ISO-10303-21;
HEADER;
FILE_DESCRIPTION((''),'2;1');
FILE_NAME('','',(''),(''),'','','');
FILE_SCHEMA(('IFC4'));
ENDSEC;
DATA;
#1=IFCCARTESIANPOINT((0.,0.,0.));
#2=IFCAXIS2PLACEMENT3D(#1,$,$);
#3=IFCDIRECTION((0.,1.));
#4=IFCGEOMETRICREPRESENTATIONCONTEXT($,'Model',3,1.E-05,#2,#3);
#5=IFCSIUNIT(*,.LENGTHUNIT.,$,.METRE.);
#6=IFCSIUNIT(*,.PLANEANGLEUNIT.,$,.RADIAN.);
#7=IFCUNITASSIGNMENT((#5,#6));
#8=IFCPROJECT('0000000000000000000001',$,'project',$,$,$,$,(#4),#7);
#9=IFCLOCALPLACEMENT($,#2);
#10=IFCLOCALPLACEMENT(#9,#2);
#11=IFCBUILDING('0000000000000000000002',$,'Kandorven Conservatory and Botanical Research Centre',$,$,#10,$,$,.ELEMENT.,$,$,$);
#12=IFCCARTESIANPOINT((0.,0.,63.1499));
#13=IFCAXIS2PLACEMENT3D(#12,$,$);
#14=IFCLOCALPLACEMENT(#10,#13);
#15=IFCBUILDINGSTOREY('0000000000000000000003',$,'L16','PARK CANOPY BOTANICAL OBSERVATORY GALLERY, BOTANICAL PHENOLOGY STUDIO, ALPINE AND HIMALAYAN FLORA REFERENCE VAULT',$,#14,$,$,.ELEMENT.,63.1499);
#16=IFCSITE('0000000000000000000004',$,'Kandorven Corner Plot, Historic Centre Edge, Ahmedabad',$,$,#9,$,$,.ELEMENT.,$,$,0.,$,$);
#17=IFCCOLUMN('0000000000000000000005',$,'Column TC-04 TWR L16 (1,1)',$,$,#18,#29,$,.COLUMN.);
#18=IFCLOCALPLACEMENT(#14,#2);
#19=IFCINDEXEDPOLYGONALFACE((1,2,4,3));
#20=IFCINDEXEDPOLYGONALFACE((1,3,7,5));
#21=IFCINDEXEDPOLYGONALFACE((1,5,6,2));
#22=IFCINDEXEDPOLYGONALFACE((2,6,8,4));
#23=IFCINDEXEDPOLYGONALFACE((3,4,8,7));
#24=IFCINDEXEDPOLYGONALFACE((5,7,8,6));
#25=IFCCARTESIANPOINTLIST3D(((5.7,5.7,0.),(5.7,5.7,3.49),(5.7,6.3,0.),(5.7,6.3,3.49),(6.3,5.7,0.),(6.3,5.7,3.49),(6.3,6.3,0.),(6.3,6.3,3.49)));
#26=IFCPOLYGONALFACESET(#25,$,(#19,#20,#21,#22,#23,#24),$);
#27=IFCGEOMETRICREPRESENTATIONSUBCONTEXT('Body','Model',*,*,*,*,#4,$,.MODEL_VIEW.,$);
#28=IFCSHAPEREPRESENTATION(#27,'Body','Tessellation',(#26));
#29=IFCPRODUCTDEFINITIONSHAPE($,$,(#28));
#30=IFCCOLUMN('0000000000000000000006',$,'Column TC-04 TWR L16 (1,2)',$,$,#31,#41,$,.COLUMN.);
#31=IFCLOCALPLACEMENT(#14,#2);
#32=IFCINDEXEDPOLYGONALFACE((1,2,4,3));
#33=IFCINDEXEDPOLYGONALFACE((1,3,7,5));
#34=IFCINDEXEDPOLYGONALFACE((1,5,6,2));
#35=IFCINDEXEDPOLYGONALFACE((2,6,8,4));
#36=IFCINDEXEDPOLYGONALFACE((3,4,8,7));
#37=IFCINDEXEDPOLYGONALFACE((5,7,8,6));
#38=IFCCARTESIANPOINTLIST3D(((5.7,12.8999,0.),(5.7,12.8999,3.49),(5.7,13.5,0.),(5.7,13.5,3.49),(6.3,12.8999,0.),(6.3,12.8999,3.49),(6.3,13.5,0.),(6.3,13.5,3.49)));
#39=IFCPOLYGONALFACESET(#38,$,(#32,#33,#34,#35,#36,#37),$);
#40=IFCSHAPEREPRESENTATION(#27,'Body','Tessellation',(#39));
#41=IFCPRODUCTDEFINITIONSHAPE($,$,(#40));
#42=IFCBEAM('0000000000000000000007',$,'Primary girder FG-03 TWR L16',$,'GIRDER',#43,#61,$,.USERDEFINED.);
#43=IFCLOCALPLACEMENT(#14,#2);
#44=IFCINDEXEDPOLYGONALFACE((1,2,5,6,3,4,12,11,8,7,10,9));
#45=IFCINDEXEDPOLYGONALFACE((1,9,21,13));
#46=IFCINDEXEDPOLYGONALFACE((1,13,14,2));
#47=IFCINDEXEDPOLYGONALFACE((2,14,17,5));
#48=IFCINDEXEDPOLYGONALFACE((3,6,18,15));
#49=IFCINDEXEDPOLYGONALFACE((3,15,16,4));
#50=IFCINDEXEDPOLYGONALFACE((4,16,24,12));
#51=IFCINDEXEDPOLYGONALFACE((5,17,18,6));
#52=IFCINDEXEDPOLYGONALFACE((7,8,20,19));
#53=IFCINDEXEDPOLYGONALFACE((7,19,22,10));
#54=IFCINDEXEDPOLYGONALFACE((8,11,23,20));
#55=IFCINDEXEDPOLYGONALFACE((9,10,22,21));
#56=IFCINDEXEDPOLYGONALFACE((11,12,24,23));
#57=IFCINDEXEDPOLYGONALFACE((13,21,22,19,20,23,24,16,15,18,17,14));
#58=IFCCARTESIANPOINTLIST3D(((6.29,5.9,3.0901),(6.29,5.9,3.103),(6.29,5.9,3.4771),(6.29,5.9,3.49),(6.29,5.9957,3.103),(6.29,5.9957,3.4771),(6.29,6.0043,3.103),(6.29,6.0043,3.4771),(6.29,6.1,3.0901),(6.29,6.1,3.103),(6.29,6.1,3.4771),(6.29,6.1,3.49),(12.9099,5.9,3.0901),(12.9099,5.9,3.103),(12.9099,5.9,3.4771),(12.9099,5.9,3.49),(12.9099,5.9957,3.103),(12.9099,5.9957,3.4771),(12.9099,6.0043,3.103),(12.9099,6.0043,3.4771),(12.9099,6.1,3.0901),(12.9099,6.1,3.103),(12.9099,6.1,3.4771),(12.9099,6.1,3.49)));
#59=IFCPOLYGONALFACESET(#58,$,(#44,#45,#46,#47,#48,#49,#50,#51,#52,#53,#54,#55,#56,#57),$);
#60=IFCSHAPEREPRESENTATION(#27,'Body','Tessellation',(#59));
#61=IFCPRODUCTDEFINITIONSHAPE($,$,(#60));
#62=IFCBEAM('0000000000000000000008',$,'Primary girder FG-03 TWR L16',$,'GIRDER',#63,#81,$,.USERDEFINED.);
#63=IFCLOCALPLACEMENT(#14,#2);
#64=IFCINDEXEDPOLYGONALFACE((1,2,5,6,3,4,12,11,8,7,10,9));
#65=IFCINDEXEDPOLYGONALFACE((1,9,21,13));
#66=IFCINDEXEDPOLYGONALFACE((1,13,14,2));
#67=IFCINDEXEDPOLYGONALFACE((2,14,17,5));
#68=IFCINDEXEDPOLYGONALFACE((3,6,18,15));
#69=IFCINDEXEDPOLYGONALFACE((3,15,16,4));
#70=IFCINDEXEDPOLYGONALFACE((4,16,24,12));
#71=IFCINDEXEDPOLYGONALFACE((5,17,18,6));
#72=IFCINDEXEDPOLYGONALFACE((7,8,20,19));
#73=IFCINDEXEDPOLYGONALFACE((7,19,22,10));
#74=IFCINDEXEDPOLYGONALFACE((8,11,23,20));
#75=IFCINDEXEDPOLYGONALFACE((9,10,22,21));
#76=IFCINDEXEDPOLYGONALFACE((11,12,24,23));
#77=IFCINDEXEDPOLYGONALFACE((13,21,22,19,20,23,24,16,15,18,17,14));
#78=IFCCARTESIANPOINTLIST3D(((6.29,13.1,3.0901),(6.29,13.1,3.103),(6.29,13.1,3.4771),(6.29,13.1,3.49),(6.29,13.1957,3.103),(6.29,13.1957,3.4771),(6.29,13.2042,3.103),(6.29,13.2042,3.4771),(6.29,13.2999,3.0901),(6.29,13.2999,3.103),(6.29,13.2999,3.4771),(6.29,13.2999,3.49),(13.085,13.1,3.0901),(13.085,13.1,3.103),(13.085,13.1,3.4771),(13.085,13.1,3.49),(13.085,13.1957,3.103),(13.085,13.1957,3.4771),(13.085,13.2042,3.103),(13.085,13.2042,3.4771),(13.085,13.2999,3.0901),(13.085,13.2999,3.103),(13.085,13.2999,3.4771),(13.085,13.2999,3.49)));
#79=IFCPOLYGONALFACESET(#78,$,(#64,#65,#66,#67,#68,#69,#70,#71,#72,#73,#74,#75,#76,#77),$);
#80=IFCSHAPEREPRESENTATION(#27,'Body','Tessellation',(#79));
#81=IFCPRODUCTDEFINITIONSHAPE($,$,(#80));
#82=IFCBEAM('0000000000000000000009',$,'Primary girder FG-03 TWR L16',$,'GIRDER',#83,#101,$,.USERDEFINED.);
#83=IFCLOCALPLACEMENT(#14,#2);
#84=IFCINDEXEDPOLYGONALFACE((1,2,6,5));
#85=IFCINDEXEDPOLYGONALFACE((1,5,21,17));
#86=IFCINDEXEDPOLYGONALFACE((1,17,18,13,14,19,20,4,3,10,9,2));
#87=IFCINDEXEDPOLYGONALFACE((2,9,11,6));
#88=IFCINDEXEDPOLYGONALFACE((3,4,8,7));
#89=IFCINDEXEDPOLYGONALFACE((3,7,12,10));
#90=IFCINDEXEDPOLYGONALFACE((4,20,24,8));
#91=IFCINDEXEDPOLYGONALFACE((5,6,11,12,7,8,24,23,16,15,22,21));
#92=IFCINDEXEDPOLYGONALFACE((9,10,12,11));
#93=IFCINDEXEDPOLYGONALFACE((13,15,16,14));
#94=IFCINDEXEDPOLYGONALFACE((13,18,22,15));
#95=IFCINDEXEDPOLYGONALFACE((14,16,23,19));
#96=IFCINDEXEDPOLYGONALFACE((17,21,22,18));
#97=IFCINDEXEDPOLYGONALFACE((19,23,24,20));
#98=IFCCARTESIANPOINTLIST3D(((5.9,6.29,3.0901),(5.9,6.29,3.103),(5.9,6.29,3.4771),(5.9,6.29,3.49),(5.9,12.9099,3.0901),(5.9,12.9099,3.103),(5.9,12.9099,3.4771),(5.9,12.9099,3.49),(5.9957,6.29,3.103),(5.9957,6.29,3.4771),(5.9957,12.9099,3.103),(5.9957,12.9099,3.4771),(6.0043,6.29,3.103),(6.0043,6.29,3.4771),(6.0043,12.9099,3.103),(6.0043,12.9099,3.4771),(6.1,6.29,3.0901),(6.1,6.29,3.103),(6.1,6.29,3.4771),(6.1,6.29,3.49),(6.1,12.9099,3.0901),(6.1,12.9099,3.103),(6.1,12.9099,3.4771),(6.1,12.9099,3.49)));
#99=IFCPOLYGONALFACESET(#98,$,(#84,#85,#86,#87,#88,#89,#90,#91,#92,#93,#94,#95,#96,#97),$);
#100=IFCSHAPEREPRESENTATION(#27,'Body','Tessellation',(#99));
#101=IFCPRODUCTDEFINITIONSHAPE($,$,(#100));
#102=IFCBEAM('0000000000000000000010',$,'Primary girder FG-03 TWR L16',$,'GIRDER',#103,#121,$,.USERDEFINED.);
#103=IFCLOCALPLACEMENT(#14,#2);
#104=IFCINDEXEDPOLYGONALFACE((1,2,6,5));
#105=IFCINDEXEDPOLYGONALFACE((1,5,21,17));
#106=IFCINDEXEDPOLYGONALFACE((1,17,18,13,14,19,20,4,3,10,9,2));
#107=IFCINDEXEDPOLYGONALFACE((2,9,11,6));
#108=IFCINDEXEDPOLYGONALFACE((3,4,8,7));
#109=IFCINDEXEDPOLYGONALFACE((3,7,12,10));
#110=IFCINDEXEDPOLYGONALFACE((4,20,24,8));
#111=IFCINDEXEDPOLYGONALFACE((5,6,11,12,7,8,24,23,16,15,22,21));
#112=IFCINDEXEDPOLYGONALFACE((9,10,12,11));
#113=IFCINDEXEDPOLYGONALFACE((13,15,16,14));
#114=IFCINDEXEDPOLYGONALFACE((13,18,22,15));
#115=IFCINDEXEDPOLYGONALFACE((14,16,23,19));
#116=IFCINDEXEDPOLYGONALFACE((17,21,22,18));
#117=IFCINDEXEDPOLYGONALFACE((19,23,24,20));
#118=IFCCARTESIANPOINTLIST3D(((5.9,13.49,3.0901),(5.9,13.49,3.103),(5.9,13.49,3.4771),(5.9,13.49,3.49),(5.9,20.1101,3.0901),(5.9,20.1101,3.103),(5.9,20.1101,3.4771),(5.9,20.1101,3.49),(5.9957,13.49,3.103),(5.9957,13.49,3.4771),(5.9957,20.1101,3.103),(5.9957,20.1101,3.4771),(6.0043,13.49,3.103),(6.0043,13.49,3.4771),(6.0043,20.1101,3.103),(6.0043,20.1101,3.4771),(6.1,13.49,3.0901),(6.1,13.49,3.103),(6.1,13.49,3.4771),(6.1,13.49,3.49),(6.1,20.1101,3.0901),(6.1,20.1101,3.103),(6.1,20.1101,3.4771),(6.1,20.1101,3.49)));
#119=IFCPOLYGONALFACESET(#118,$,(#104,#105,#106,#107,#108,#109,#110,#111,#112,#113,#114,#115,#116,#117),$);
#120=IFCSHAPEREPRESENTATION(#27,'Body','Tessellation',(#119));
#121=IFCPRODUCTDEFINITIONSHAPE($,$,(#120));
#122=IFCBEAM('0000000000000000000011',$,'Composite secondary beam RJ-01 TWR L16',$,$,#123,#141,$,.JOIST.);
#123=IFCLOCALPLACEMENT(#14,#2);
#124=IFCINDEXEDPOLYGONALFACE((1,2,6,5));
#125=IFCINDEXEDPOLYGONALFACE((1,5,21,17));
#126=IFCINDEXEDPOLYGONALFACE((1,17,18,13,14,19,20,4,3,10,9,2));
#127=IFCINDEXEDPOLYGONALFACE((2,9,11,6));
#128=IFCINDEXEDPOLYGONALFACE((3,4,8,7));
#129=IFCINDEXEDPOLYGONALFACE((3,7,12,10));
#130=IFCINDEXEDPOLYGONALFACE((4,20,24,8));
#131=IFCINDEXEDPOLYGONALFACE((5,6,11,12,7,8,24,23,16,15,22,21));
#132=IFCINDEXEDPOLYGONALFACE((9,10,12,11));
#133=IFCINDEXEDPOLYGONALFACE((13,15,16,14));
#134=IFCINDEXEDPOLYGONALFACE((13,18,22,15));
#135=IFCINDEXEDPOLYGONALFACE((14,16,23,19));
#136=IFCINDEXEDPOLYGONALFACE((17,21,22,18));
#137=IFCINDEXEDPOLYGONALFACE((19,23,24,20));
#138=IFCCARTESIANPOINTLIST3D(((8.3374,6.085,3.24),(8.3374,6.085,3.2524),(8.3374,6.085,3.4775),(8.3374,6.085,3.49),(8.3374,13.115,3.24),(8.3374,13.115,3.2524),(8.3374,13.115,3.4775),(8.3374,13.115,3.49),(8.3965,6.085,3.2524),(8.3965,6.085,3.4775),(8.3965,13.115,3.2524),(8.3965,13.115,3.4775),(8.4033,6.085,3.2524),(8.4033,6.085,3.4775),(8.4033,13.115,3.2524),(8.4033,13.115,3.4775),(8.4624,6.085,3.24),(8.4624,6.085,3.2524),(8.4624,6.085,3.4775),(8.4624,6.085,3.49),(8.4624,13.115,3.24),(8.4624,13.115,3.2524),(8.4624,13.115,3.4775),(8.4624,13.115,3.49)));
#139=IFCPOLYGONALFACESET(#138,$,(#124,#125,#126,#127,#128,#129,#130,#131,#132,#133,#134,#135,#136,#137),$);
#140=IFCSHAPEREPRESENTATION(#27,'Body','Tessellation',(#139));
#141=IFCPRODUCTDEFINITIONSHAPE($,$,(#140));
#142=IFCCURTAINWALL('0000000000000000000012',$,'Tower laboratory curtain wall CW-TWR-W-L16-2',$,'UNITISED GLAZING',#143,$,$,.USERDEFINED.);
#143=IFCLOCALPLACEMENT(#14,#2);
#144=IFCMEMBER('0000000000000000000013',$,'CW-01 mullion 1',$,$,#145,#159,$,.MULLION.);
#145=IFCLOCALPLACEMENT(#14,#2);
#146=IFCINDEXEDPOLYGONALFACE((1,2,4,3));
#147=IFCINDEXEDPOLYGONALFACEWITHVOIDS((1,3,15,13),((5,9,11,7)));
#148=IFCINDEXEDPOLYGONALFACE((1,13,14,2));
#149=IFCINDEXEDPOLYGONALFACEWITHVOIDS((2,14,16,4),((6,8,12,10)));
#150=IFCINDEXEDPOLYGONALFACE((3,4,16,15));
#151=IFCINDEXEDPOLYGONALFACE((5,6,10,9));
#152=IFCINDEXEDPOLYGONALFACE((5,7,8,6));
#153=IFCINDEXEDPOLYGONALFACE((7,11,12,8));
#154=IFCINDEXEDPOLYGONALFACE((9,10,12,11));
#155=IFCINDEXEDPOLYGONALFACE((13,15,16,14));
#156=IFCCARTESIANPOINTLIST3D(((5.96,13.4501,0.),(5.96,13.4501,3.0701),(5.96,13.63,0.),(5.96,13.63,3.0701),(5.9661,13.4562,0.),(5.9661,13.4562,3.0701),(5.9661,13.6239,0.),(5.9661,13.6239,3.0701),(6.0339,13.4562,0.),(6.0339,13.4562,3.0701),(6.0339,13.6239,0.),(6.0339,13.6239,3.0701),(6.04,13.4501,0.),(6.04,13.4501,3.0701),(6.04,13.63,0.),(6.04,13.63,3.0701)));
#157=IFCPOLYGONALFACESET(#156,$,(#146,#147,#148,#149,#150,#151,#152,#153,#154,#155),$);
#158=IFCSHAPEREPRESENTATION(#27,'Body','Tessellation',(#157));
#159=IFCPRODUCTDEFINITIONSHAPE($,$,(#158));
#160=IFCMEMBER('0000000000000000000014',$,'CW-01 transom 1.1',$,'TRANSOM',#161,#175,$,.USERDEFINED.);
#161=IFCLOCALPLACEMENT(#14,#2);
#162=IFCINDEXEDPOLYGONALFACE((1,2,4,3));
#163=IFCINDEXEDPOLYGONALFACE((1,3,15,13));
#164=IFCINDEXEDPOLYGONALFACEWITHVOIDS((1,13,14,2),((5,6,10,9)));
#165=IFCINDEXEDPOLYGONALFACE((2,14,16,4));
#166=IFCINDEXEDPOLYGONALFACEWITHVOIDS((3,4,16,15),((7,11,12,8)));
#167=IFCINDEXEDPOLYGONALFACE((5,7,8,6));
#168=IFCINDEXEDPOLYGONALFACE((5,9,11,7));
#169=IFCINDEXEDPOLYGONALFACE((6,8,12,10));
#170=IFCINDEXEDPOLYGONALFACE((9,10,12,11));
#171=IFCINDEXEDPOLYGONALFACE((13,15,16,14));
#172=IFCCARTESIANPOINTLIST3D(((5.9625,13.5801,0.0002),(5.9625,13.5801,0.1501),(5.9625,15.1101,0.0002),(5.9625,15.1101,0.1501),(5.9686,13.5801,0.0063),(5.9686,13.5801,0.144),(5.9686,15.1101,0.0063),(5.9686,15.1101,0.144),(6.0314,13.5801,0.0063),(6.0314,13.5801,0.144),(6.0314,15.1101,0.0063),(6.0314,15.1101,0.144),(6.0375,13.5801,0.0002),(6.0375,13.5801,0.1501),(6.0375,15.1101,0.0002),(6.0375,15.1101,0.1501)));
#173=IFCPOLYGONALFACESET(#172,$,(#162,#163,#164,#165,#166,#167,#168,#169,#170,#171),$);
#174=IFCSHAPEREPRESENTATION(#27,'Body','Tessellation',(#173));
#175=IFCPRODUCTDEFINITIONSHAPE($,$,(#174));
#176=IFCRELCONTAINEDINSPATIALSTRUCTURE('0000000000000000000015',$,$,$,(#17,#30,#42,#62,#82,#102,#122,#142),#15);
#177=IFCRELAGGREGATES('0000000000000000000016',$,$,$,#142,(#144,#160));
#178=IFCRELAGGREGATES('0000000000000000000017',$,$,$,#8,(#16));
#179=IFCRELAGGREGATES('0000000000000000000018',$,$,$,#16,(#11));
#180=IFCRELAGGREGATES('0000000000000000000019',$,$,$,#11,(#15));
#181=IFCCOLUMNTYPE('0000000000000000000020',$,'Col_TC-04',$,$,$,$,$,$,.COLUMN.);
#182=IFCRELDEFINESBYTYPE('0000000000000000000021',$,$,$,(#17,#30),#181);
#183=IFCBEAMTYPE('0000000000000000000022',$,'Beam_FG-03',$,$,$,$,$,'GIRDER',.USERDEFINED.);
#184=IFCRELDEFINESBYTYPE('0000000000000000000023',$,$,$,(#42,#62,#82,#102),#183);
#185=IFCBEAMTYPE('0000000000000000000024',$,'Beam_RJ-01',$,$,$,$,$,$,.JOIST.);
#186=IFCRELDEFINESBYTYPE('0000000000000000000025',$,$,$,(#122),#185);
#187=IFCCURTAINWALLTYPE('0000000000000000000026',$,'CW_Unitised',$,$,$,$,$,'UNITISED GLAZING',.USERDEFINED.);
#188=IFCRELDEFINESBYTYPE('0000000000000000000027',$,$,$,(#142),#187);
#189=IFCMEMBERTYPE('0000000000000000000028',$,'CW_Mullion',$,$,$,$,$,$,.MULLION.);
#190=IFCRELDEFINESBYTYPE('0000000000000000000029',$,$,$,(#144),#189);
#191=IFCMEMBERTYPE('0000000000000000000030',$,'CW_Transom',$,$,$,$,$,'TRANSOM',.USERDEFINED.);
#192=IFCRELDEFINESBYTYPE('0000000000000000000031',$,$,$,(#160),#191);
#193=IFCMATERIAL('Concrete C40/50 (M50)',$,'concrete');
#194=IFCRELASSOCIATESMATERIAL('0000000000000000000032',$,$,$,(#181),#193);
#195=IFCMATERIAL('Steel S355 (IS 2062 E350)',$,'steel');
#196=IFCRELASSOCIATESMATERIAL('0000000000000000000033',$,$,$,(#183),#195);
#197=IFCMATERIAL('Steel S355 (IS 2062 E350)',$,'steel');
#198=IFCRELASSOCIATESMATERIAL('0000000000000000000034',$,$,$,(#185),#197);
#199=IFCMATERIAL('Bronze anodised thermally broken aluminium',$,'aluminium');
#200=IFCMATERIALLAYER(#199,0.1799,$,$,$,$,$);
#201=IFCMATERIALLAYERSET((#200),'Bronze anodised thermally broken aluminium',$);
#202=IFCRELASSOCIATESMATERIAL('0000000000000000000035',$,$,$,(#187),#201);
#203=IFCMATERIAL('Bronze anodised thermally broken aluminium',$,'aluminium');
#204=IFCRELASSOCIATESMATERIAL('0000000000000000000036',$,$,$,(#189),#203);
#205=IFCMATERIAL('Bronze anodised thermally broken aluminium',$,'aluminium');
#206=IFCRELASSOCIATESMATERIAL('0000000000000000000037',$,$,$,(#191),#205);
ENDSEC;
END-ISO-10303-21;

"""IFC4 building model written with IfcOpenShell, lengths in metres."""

from ifc_helpers import new_model, si_unit, direction, frame, origin, origin_2d, place, context, subcontext, project, spatial, rectangle, hollow_rectangle, i_section, extrude, material, layer, layer_set, material_profile, profile_set, type_object, element, aggregate, save


model = new_model("IFC4")

# Units and contexts
model_context = context("Model", 3, precision=1e-05, world=origin(), true_north=direction((0.0, 1.0)))
body_context = subcontext(model_context, "Body", "Model", "MODEL_VIEW")
ifc_project = project(units=[si_unit("LENGTHUNIT", "METRE"), si_unit("PLANEANGLEUNIT", "RADIAN")], contexts=[model_context])

# Site, building, storey
site_placement = place(None, origin())
site = spatial("IfcSite", under=ifc_project, at=site_placement, Name="Kandorven Corner Plot, Historic Centre Edge, Ahmedabad", CompositionType="ELEMENT", RefElevation=0.0)
building_placement = place(site_placement, origin())
building = spatial("IfcBuilding", under=site, at=building_placement, Name="Kandorven Conservatory and Botanical Research Centre", CompositionType="ELEMENT")
storey_placement = place(building_placement, frame((0.0, 0.0, 63.1499)))
storey = spatial("IfcBuildingStorey", under=building, at=storey_placement, Name="L16", Description="PARK CANOPY BOTANICAL OBSERVATORY GALLERY, BOTANICAL PHENOLOGY STUDIO, ALPINE AND HIMALAYAN FLORA REFERENCE VAULT", CompositionType="ELEMENT", Elevation=63.1499)

# Columns
ifc_material_1 = material(Name="Concrete C40/50 (M50)", Category="concrete")
ifc_material_profile_1 = material_profile(ifc_material_1, rectangle(XDim=0.6001, YDim=0.6001, at=origin_2d()))
ifc_profile_set_1 = profile_set([ifc_material_profile_1], Name="Concrete C40/50 (M50)")
column_type = type_object("IfcColumnType", Name="Col_TC-04", PredefinedType="COLUMN", material=ifc_profile_set_1)
for number, where, z_axis, x_axis, name in (
    (1, (6.0, 6.0, 0.0), (0.0, 0.0, 1.0), (1.0, 0.0, 0.0), "Column TC-04 TWR L16 (1,1)"),
    (2, (6.0, 13.2, 0.0), (0.0, 0.0, 1.0), (1.0, 0.0, 0.0), "Column TC-04 TWR L16 (1,2)"),
):
    element("IfcColumn", number, at=place(storey_placement, frame(where, z_axis=z_axis, x_axis=x_axis)), inside=storey, type_object=column_type, Name=name, PredefinedType="COLUMN", context=body_context, shape_type="SweptSolid", body=[
        extrude(rectangle(XDim=0.6001, YDim=0.6001, at=origin_2d()), origin(), (0.0, 0.0, 1.0), 3.49),
    ])

# Beams
ifc_material_2 = material(Name="Steel S355 (IS 2062 E350)", Category="steel")
ifc_material_profile_2 = material_profile(ifc_material_2, i_section(OverallWidth=0.2, OverallDepth=0.3999, WebThickness=0.0085, FlangeThickness=0.0129, at=origin_2d()))
ifc_profile_set_2 = profile_set([ifc_material_profile_2], Name="Steel S355 (IS 2062 E350)")
beam_type_1 = type_object("IfcBeamType", Name="Beam_FG-03", ElementType="GIRDER", PredefinedType="USERDEFINED", material=ifc_profile_set_2)
beam_1_placement = place(storey_placement, frame((6.29, 6.0, 3.29), z_axis=(1.0, 0.0, 0.0), x_axis=(0.0, 1.0, 0.0)))
element("IfcBeam", 3, at=beam_1_placement, inside=storey, type_object=beam_type_1, Name="Primary girder FG-03 TWR L16", ObjectType="GIRDER", PredefinedType="USERDEFINED", context=body_context, shape_type="SweptSolid", body=[
    extrude(i_section(OverallWidth=0.2, OverallDepth=0.3999, WebThickness=0.0085, FlangeThickness=0.0129, at=origin_2d()), origin(), (0.0, 0.0, 1.0), 6.6199),
])
beam_2_placement = place(storey_placement, frame((6.29, 13.2, 3.29), z_axis=(1.0, 0.0, 0.0), x_axis=(0.0, 1.0, 0.0)))
element("IfcBeam", 4, at=beam_2_placement, inside=storey, type_object=beam_type_1, Name="Primary girder FG-03 TWR L16", ObjectType="GIRDER", PredefinedType="USERDEFINED", context=body_context, shape_type="SweptSolid", body=[
    extrude(i_section(OverallWidth=0.2, OverallDepth=0.3999, WebThickness=0.0085, FlangeThickness=0.0129, at=origin_2d()), origin(), (0.0, 0.0, 1.0), 6.7949),
])
beam_3_placement = place(storey_placement, frame((6.0, 6.29, 3.29), z_axis=(0.0, 1.0, 0.0), x_axis=(-1.0, 0.0, 0.0)))
element("IfcBeam", 5, at=beam_3_placement, inside=storey, type_object=beam_type_1, Name="Primary girder FG-03 TWR L16", ObjectType="GIRDER", PredefinedType="USERDEFINED", context=body_context, shape_type="SweptSolid", body=[
    extrude(i_section(OverallWidth=0.2, OverallDepth=0.3999, WebThickness=0.0085, FlangeThickness=0.0129, at=origin_2d()), origin(), (0.0, 0.0, 1.0), 6.6199),
])
beam_4_placement = place(storey_placement, frame((6.0, 13.49, 3.29), z_axis=(0.0, 1.0, 0.0), x_axis=(-1.0, 0.0, 0.0)))
element("IfcBeam", 6, at=beam_4_placement, inside=storey, type_object=beam_type_1, Name="Primary girder FG-03 TWR L16", ObjectType="GIRDER", PredefinedType="USERDEFINED", context=body_context, shape_type="SweptSolid", body=[
    extrude(i_section(OverallWidth=0.2, OverallDepth=0.3999, WebThickness=0.0085, FlangeThickness=0.0129, at=origin_2d()), origin(), (0.0, 0.0, 1.0), 6.6201),
])
ifc_material_3 = material(Name="Steel S355 (IS 2062 E350)", Category="steel")
ifc_material_profile_3 = material_profile(ifc_material_3, i_section(OverallWidth=0.125, OverallDepth=0.25, WebThickness=0.0068, FlangeThickness=0.0125, at=origin_2d()))
ifc_profile_set_3 = profile_set([ifc_material_profile_3], Name="Steel S355 (IS 2062 E350)")
beam_type_2 = type_object("IfcBeamType", Name="Beam_RJ-01", PredefinedType="JOIST", material=ifc_profile_set_3)
beam_5_placement = place(storey_placement, frame((8.3999, 6.085, 3.365), z_axis=(0.0, 1.0, 0.0), x_axis=(-1.0, 0.0, 0.0)))
element("IfcBeam", 7, at=beam_5_placement, inside=storey, type_object=beam_type_2, Name="Composite secondary beam RJ-01 TWR L16", PredefinedType="JOIST", context=body_context, shape_type="SweptSolid", body=[
    extrude(i_section(OverallWidth=0.125, OverallDepth=0.25, WebThickness=0.0068, FlangeThickness=0.0125, at=origin_2d()), origin(), (0.0, 0.0, 1.0), 7.03),
])

# Curtain wall, members
ifc_material_4 = material(Name="Bronze anodised thermally broken aluminium", Category="aluminium")
ifc_layer_1 = layer(ifc_material_4, 0.1799)
ifc_layer_set_1 = layer_set([ifc_layer_1], Name="Bronze anodised thermally broken aluminium")
curtain_wall_type = type_object("IfcCurtainWallType", Name="CW_Unitised", ElementType="UNITISED GLAZING", PredefinedType="USERDEFINED", material=ifc_layer_set_1)
curtain_wall_placement = place(storey_placement, origin())
curtain_wall = element("IfcCurtainWall", 8, at=curtain_wall_placement, inside=storey, type_object=curtain_wall_type, Name="Tower laboratory curtain wall CW-TWR-W-L16-2", ObjectType="UNITISED GLAZING", PredefinedType="USERDEFINED")
ifc_material_5 = material(Name="Bronze anodised thermally broken aluminium", Category="aluminium")
ifc_material_profile_4 = material_profile(ifc_material_5, hollow_rectangle(XDim=0.0801, YDim=0.1799, WallThickness=0.0061, at=origin_2d()))
ifc_profile_set_4 = profile_set([ifc_material_profile_4], Name="Bronze anodised thermally broken aluminium")
member_type_1 = type_object("IfcMemberType", Name="CW_Mullion", PredefinedType="MULLION", material=ifc_profile_set_4)
member_1_placement = place(storey_placement, frame((6.0, 13.54, 0.0), z_axis=(0.0, 0.0, 1.0), x_axis=(-1.0, 0.0, 0.0)))
member_1 = element("IfcMember", 9, at=member_1_placement, type_object=member_type_1, Name="CW-01 mullion 1", PredefinedType="MULLION", context=body_context, shape_type="SweptSolid", body=[
    extrude(hollow_rectangle(XDim=0.0801, YDim=0.1799, WallThickness=0.0061, at=origin_2d()), origin(), (0.0, 0.0, 1.0), 3.0701),
])
ifc_material_6 = material(Name="Bronze anodised thermally broken aluminium", Category="aluminium")
ifc_material_profile_5 = material_profile(ifc_material_6, hollow_rectangle(XDim=0.075, YDim=0.1499, WallThickness=0.0061, at=origin_2d()))
ifc_profile_set_5 = profile_set([ifc_material_profile_5], Name="Bronze anodised thermally broken aluminium")
member_type_2 = type_object("IfcMemberType", Name="CW_Transom", ElementType="TRANSOM", PredefinedType="USERDEFINED", material=ifc_profile_set_5)
member_2_placement = place(storey_placement, frame((6.0, 13.5801, 0.0752), z_axis=(0.0, 1.0, 0.0), x_axis=(-1.0, 0.0, 0.0)))
member_2 = element("IfcMember", 10, at=member_2_placement, type_object=member_type_2, Name="CW-01 transom 1.1", ObjectType="TRANSOM", PredefinedType="USERDEFINED", context=body_context, shape_type="SweptSolid", body=[
    extrude(hollow_rectangle(XDim=0.075, YDim=0.1499, WallThickness=0.0061, at=origin_2d()), origin(), (0.0, 0.0, 1.0), 1.53),
])
aggregate(curtain_wall, [member_1, member_2])

save(model, "model.ifc")
